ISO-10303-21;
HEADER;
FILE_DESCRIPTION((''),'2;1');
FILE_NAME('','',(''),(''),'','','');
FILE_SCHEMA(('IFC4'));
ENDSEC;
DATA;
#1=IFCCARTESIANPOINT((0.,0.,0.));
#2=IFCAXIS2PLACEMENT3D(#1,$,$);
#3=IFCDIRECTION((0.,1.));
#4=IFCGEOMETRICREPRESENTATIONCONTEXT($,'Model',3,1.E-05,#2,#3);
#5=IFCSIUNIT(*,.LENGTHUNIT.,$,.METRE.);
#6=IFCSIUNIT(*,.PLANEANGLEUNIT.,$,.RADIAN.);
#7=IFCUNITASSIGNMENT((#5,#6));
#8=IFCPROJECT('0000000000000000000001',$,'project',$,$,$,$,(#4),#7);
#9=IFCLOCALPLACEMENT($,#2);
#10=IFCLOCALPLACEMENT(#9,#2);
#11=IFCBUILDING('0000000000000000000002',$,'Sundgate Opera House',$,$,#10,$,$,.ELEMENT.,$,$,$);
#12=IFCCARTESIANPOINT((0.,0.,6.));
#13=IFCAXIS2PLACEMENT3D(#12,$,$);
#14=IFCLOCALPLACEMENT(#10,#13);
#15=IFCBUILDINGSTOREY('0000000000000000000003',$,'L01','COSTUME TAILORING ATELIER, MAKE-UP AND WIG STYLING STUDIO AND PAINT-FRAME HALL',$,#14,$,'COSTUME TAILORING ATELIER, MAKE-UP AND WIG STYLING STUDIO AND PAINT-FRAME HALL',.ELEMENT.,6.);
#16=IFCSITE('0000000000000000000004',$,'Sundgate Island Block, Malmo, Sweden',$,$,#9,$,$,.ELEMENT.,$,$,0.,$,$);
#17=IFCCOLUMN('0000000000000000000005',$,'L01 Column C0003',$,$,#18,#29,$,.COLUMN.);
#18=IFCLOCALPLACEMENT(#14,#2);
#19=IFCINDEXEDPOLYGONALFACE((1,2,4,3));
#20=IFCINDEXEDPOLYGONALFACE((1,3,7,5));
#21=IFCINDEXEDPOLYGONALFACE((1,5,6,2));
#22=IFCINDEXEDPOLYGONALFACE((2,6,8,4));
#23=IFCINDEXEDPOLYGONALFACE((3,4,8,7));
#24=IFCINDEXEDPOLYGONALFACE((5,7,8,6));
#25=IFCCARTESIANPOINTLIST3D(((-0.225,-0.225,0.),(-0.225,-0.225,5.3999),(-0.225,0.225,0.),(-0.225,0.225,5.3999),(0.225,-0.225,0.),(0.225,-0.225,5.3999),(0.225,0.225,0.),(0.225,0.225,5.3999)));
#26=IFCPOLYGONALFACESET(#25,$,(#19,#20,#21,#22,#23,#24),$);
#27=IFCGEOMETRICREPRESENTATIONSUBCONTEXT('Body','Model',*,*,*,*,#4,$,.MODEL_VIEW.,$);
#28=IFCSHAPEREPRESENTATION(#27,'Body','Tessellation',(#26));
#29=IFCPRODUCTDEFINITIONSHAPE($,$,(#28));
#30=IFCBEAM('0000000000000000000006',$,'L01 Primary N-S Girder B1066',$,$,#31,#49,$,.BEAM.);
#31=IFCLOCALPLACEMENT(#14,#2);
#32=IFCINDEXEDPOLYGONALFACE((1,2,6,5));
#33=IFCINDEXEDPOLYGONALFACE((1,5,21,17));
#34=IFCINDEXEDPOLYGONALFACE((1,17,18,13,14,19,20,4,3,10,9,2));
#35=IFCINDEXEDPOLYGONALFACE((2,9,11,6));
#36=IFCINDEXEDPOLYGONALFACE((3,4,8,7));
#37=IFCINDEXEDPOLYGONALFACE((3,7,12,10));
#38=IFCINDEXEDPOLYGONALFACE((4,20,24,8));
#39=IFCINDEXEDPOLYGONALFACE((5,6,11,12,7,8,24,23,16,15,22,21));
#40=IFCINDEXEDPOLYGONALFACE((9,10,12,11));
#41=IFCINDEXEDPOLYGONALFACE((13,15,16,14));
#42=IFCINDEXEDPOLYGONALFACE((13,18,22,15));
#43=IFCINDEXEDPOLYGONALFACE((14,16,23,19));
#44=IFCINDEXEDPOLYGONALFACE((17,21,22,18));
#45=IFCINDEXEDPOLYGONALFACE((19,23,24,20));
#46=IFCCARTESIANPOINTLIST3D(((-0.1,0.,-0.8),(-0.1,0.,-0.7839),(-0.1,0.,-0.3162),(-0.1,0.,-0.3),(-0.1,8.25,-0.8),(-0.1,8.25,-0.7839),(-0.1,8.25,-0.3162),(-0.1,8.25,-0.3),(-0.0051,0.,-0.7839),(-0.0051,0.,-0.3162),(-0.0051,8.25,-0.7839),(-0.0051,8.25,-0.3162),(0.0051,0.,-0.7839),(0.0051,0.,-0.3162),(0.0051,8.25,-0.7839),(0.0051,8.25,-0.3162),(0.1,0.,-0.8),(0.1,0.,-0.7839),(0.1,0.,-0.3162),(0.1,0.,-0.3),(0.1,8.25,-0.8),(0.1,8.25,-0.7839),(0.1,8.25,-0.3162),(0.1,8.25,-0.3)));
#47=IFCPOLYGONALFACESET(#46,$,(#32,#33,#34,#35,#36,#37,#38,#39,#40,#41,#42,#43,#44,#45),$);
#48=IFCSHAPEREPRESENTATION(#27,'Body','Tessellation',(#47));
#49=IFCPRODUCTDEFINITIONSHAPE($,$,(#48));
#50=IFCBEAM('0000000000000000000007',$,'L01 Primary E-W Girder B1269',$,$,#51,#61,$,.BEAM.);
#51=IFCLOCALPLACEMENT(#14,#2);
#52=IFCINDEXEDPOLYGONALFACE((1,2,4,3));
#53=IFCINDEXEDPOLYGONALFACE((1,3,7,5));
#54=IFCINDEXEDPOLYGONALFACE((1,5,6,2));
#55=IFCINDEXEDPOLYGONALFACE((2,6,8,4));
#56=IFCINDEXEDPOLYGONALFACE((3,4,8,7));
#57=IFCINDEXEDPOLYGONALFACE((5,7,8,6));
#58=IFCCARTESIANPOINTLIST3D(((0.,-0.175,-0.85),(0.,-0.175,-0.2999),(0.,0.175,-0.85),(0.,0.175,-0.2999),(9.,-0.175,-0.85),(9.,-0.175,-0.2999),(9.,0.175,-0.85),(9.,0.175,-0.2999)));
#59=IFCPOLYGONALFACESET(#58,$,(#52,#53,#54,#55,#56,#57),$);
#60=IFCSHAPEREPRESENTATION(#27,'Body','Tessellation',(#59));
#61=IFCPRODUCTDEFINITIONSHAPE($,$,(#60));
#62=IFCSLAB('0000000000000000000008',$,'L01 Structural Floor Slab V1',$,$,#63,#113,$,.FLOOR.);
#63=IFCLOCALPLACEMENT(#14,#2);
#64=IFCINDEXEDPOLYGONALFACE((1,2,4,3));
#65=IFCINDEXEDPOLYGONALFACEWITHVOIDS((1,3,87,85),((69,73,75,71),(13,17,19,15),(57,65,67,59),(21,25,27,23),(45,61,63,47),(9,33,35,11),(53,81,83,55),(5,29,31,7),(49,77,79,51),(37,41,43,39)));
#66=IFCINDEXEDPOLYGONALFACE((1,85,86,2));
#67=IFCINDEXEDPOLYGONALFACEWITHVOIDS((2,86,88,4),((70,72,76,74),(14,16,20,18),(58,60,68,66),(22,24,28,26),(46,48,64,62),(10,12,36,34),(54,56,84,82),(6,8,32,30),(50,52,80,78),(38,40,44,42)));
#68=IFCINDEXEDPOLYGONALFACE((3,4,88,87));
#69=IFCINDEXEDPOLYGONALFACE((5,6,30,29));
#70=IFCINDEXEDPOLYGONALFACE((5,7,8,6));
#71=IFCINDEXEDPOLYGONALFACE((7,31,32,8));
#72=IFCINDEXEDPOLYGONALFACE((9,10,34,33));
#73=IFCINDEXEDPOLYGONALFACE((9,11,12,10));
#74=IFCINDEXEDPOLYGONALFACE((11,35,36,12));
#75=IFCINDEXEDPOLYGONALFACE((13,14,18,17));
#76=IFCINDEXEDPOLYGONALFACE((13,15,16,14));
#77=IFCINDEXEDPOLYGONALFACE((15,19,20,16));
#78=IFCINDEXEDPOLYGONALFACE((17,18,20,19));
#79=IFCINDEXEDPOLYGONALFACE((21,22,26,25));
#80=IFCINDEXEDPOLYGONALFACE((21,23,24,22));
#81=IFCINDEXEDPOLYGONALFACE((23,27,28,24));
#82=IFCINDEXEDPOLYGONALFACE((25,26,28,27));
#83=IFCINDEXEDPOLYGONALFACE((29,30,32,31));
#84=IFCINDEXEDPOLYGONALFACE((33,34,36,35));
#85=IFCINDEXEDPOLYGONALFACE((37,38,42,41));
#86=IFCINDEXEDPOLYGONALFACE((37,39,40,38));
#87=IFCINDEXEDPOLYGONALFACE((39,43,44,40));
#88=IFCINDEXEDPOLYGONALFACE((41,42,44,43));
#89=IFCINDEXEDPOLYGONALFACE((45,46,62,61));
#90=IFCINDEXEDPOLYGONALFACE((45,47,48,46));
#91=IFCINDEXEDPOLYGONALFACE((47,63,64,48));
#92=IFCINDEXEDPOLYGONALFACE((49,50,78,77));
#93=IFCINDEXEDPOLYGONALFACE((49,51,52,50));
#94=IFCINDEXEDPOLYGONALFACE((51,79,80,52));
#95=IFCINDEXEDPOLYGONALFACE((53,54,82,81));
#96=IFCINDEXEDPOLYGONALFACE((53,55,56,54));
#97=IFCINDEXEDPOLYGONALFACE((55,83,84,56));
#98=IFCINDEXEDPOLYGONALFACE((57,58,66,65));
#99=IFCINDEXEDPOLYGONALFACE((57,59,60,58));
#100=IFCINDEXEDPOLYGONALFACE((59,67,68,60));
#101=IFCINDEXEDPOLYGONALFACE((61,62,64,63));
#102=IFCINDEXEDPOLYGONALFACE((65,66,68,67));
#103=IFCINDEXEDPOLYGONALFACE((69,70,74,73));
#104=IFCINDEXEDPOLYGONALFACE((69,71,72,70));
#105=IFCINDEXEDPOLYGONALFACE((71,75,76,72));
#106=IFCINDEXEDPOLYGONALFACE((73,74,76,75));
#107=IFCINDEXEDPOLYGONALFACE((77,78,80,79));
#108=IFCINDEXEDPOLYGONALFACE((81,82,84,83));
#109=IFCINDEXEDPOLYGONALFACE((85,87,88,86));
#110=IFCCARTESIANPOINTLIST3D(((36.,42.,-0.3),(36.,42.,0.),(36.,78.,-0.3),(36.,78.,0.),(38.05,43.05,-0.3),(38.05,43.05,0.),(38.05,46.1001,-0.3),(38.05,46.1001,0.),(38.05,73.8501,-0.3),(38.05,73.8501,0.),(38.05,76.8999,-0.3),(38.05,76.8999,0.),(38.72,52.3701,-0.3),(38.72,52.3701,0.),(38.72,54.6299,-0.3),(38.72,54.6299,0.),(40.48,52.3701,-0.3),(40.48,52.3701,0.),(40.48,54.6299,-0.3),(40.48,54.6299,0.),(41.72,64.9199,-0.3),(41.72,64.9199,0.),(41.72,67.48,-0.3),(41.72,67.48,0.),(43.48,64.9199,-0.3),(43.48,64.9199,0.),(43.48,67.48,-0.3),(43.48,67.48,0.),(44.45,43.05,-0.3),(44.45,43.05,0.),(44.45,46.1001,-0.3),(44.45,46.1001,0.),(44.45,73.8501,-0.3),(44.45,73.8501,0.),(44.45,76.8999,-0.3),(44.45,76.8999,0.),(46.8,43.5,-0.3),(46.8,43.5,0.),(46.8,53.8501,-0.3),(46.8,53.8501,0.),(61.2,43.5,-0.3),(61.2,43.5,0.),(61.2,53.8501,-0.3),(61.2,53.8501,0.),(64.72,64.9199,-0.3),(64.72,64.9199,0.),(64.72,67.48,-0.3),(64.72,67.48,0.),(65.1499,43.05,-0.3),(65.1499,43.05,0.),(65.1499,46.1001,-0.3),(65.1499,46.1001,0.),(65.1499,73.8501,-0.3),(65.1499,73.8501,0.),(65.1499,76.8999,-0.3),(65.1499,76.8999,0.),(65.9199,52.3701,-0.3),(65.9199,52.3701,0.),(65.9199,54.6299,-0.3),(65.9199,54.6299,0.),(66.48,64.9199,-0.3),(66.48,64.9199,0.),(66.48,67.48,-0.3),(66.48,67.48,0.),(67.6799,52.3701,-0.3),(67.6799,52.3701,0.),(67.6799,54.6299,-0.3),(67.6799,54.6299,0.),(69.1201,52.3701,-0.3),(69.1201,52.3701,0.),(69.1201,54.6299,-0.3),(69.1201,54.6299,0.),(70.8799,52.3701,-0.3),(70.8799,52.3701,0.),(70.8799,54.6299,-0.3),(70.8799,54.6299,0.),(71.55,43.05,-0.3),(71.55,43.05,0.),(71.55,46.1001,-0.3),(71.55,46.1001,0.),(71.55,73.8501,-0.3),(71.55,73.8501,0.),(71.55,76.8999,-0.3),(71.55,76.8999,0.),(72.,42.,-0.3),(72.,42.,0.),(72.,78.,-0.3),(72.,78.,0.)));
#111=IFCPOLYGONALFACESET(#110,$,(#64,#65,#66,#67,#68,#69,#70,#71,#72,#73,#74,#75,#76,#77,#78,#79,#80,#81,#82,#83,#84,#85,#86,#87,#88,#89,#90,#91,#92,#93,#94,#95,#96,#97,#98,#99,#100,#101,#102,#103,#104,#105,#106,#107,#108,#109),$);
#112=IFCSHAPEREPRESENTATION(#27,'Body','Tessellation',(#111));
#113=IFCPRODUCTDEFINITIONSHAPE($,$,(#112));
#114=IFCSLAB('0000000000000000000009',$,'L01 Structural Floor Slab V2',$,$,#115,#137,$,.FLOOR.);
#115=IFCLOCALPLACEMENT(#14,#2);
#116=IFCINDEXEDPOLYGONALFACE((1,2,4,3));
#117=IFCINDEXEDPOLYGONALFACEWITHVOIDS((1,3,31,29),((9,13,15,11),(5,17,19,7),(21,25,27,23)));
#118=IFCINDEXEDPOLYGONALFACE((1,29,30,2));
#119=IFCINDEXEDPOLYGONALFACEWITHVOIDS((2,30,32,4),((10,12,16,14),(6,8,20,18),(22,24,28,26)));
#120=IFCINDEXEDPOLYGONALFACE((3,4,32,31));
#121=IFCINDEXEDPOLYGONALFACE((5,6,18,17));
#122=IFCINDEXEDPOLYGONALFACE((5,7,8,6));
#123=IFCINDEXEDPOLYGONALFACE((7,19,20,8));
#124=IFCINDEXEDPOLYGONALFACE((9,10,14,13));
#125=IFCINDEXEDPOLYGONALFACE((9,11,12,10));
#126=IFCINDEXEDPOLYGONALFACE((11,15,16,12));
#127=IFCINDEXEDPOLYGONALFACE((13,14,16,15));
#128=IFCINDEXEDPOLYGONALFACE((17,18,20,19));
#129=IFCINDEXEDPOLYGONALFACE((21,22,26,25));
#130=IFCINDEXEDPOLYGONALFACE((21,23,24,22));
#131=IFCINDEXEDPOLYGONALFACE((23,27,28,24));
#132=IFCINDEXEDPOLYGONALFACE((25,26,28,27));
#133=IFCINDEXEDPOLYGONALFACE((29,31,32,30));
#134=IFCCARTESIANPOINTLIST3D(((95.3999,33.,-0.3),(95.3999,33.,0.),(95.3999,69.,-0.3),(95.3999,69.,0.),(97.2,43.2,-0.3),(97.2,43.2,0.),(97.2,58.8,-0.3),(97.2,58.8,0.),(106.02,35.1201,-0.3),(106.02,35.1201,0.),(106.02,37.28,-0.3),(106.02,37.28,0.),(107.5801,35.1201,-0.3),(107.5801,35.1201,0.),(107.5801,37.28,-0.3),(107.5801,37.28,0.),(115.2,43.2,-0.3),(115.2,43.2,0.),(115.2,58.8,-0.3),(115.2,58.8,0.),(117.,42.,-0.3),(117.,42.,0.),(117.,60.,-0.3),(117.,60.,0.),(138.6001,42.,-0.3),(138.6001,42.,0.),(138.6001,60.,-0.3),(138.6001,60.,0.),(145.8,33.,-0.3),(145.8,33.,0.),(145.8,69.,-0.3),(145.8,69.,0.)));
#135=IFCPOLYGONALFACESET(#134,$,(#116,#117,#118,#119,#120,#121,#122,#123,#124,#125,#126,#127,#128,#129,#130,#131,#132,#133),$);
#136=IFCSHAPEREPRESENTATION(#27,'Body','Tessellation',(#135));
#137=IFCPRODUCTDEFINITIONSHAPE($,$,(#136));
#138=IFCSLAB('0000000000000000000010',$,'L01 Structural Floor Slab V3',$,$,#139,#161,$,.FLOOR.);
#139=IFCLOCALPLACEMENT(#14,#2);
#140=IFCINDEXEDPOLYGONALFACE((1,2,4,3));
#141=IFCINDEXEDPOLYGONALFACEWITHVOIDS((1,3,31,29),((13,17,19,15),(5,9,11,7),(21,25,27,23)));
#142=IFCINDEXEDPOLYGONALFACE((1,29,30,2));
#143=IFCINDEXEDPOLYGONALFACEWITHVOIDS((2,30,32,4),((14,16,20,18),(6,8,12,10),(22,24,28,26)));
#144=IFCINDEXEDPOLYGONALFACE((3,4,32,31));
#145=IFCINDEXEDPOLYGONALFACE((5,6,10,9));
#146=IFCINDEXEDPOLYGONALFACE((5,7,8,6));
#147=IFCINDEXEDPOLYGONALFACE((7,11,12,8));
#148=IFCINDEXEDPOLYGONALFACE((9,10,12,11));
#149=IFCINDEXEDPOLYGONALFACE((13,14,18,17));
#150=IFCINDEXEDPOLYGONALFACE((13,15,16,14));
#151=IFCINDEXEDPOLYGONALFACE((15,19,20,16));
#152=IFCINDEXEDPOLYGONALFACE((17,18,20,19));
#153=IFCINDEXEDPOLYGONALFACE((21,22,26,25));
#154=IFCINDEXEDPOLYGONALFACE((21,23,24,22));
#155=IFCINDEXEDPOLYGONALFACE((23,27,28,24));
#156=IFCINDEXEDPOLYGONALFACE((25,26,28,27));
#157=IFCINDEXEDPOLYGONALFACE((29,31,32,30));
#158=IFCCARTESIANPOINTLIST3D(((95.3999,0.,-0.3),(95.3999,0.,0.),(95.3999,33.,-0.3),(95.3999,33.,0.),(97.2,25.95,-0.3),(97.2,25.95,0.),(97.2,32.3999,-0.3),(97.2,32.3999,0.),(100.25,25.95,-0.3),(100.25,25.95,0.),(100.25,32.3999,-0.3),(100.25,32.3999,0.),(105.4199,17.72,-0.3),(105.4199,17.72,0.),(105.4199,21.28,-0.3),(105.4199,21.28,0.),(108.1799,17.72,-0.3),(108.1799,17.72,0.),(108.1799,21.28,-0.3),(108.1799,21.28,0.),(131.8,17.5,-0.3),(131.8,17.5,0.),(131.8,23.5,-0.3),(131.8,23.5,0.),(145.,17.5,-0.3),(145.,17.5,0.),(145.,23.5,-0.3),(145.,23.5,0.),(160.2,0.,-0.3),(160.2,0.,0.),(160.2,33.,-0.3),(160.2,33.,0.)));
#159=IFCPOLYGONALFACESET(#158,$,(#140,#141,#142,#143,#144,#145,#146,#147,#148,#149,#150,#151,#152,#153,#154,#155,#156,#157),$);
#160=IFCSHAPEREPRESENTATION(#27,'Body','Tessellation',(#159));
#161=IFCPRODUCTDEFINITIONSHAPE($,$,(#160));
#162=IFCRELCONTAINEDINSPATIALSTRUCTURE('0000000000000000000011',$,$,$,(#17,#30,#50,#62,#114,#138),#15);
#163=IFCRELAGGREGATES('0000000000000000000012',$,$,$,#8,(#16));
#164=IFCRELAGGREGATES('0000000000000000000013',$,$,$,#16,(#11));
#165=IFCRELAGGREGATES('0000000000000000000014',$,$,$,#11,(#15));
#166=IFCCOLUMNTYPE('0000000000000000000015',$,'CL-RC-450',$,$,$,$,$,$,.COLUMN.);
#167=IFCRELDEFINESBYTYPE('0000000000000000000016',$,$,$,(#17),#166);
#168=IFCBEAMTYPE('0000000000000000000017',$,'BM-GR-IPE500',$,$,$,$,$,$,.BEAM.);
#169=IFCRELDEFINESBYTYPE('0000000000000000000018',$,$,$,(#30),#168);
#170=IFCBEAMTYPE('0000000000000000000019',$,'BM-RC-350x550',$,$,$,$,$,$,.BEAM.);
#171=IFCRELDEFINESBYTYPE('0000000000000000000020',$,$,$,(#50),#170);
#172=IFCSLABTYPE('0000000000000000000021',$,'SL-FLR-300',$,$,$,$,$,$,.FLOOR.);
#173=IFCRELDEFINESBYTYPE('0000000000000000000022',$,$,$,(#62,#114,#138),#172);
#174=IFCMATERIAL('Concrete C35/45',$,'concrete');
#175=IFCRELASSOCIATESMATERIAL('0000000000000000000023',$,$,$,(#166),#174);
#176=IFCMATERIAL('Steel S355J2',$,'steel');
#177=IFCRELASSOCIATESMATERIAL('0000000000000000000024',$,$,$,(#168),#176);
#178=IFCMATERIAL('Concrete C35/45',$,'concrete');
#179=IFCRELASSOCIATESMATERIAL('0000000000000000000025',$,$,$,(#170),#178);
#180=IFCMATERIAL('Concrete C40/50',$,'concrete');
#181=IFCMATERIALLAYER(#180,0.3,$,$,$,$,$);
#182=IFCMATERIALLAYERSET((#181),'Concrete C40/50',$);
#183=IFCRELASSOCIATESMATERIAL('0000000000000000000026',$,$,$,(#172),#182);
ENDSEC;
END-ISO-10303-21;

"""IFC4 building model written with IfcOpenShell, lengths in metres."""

from ifc_helpers import new_model, si_unit, direction, frame, origin, origin_with_axes, origin_2d, place, context, subcontext, project, spatial, polyline, rectangle, i_section, outline, extrude, material, layer, layer_set, material_profile, profile_set, type_object, element, save


model = new_model("IFC4")

# Units and contexts
model_context = context("Model", 3, precision=1e-05, world=origin(), true_north=direction((0.0, 1.0)))
body_context = subcontext(model_context, "Body", "Model", "MODEL_VIEW")
ifc_project = project(units=[si_unit("LENGTHUNIT", "METRE"), si_unit("PLANEANGLEUNIT", "RADIAN")], contexts=[model_context])

# Site, building, storey
site_placement = place(None, origin())
site = spatial("IfcSite", under=ifc_project, at=site_placement, Name="Sundgate Island Block, Malmo, Sweden", CompositionType="ELEMENT", RefElevation=0.0)
building_placement = place(site_placement, origin())
building = spatial("IfcBuilding", under=site, at=building_placement, Name="Sundgate Opera House", CompositionType="ELEMENT")
storey_placement = place(building_placement, frame((0.0, 0.0, 6.0)))
storey = spatial("IfcBuildingStorey", under=building, at=storey_placement, Name="L01", Description="COSTUME TAILORING ATELIER, MAKE-UP AND WIG STYLING STUDIO AND PAINT-FRAME HALL", LongName="COSTUME TAILORING ATELIER, MAKE-UP AND WIG STYLING STUDIO AND PAINT-FRAME HALL", CompositionType="ELEMENT", Elevation=6.0)

# Column
ifc_material_1 = material(Name="Concrete C35/45", Category="concrete")
ifc_material_profile_1 = material_profile(ifc_material_1, rectangle(XDim=0.45, YDim=0.45, at=origin_2d()), Name="RC 450x450")
ifc_profile_set_1 = profile_set([ifc_material_profile_1], Name="Concrete C35/45")
column_type = type_object("IfcColumnType", Name="CL-RC-450", PredefinedType="COLUMN", material=ifc_profile_set_1)
column_placement = place(storey_placement, origin_with_axes())
element("IfcColumn", 1, at=column_placement, inside=storey, type_object=column_type, Name="L01 Column C0003", PredefinedType="COLUMN", context=body_context, shape_type="SweptSolid", body=[
    extrude(rectangle(XDim=0.45, YDim=0.45, at=origin_2d()), origin(), (0.0, 0.0, 1.0), 5.3999),
])

# Beams
ifc_material_2 = material(Name="Steel S355J2", Category="steel")
ifc_material_profile_2 = material_profile(ifc_material_2, i_section(OverallWidth=0.2, OverallDepth=0.5, WebThickness=0.0103, FlangeThickness=0.0161, at=origin_2d()), Name="IPE 500")
ifc_profile_set_2 = profile_set([ifc_material_profile_2], Name="Steel S355J2")
beam_type_1 = type_object("IfcBeamType", Name="BM-GR-IPE500", PredefinedType="BEAM", material=ifc_profile_set_2)
beam_1_placement = place(storey_placement, frame((0.0, 0.0, -0.55), z_axis=(0.0, 1.0, 0.0), x_axis=(-1.0, 0.0, 0.0)))
element("IfcBeam", 2, at=beam_1_placement, inside=storey, type_object=beam_type_1, Name="L01 Primary N-S Girder B1066", PredefinedType="BEAM", context=body_context, shape_type="SweptSolid", body=[
    extrude(i_section(OverallWidth=0.2, OverallDepth=0.5, WebThickness=0.0103, FlangeThickness=0.0161, at=origin_2d()), origin(), (0.0, 0.0, 1.0), 8.25),
])
ifc_material_3 = material(Name="Concrete C35/45", Category="concrete")
ifc_material_profile_3 = material_profile(ifc_material_3, rectangle(XDim=0.3501, YDim=0.55, at=origin_2d()), Name="RC 350x550")
ifc_profile_set_3 = profile_set([ifc_material_profile_3], Name="Concrete C35/45")
beam_type_2 = type_object("IfcBeamType", Name="BM-RC-350x550", PredefinedType="BEAM", material=ifc_profile_set_3)
beam_2_placement = place(storey_placement, frame((0.0, 0.0, -0.575), z_axis=(1.0, 0.0, 0.0), x_axis=(0.0, 1.0, 0.0)))
element("IfcBeam", 3, at=beam_2_placement, inside=storey, type_object=beam_type_2, Name="L01 Primary E-W Girder B1269", PredefinedType="BEAM", context=body_context, shape_type="SweptSolid", body=[
    extrude(rectangle(XDim=0.3501, YDim=0.55, at=origin_2d()), origin(), (0.0, 0.0, 1.0), 9.0),
])

# Slabs
ifc_material_4 = material(Name="Concrete C40/50", Category="concrete")
ifc_layer_1 = layer(ifc_material_4, 0.3)
ifc_layer_set_1 = layer_set([ifc_layer_1], Name="Concrete C40/50")
slab_type_1 = type_object("IfcSlabType", Name="SL-FLR-300", PredefinedType="FLOOR", material=ifc_layer_set_1)
slab_1_placement = place(storey_placement, frame((0.0, 0.0, -0.3)))
element("IfcSlab", 4, at=slab_1_placement, inside=storey, type_object=slab_type_1, Name="L01 Structural Floor Slab V1", PredefinedType="FLOOR", context=body_context, shape_type="SweptSolid", body=[
    extrude(outline(polyline([(36.0, 42.0), (72.0, 42.0), (72.0, 78.0), (36.0, 78.0), (36.0, 42.0)]), holes=[polyline([(46.8, 53.8501), (61.2, 53.8501), (61.2, 43.5), (46.8, 43.5), (46.8, 53.8501)]), polyline([(38.05, 46.1001), (44.45, 46.1001), (44.45, 43.05), (38.05, 43.05), (38.05, 46.1001)]), polyline([(38.05, 76.8999), (44.45, 76.8999), (44.45, 73.8501), (38.05, 73.8501), (38.05, 76.8999)]), polyline([(65.1499, 46.1001), (71.55, 46.1001), (71.55, 43.05), (65.1499, 43.05), (65.1499, 46.1001)]), polyline([(65.1499, 76.8999), (71.55, 76.8999), (71.55, 73.8501), (65.1499, 73.8501), (65.1499, 76.8999)]), polyline([(65.9199, 54.6299), (67.6799, 54.6299), (67.6799, 52.3701), (65.9199, 52.3701), (65.9199, 54.6299)]), polyline([(69.1201, 54.6299), (70.8799, 54.6299), (70.8799, 52.3701), (69.1201, 52.3701), (69.1201, 54.6299)]), polyline([(38.72, 54.6299), (40.48, 54.6299), (40.48, 52.3701), (38.72, 52.3701), (38.72, 54.6299)]), polyline([(41.72, 67.48), (43.48, 67.48), (43.48, 64.9199), (41.72, 64.9199), (41.72, 67.48)]), polyline([(64.72, 67.48), (66.48, 67.48), (66.48, 64.9199), (64.72, 64.9199), (64.72, 67.48)])]), origin(), (0.0, 0.0, 1.0), 0.3),
])
slab_2_placement = place(storey_placement, frame((0.0, 0.0, -0.3)))
element("IfcSlab", 5, at=slab_2_placement, inside=storey, type_object=slab_type_1, Name="L01 Structural Floor Slab V2", PredefinedType="FLOOR", context=body_context, shape_type="SweptSolid", body=[
    extrude(outline(polyline([(95.3999, 33.0), (145.8, 33.0), (145.8, 69.0), (95.3999, 69.0), (95.3999, 33.0)]), holes=[polyline([(117.0, 60.0), (138.6001, 60.0), (138.6001, 42.0), (117.0, 42.0), (117.0, 60.0)]), polyline([(97.2, 58.8), (115.2, 58.8), (115.2, 43.2), (97.2, 43.2), (97.2, 58.8)]), polyline([(106.02, 37.28), (107.5801, 37.28), (107.5801, 35.1201), (106.02, 35.1201), (106.02, 37.28)])]), origin(), (0.0, 0.0, 1.0), 0.3),
])
slab_3_placement = place(storey_placement, frame((0.0, 0.0, -0.3)))
element("IfcSlab", 6, at=slab_3_placement, inside=storey, type_object=slab_type_1, Name="L01 Structural Floor Slab V3", PredefinedType="FLOOR", context=body_context, shape_type="SweptSolid", body=[
    extrude(outline(polyline([(95.3999, 0.0), (160.2, 0.0), (160.2, 33.0), (95.3999, 33.0), (95.3999, 0.0)]), holes=[polyline([(131.8, 23.5), (145.0, 23.5), (145.0, 17.5), (131.8, 17.5), (131.8, 23.5)]), polyline([(97.2, 32.3999), (100.25, 32.3999), (100.25, 25.95), (97.2, 25.95), (97.2, 32.3999)]), polyline([(105.4199, 21.28), (108.1799, 21.28), (108.1799, 17.72), (105.4199, 17.72), (105.4199, 21.28)])]), origin(), (0.0, 0.0, 1.0), 0.3),
])

save(model, "model.ifc")
